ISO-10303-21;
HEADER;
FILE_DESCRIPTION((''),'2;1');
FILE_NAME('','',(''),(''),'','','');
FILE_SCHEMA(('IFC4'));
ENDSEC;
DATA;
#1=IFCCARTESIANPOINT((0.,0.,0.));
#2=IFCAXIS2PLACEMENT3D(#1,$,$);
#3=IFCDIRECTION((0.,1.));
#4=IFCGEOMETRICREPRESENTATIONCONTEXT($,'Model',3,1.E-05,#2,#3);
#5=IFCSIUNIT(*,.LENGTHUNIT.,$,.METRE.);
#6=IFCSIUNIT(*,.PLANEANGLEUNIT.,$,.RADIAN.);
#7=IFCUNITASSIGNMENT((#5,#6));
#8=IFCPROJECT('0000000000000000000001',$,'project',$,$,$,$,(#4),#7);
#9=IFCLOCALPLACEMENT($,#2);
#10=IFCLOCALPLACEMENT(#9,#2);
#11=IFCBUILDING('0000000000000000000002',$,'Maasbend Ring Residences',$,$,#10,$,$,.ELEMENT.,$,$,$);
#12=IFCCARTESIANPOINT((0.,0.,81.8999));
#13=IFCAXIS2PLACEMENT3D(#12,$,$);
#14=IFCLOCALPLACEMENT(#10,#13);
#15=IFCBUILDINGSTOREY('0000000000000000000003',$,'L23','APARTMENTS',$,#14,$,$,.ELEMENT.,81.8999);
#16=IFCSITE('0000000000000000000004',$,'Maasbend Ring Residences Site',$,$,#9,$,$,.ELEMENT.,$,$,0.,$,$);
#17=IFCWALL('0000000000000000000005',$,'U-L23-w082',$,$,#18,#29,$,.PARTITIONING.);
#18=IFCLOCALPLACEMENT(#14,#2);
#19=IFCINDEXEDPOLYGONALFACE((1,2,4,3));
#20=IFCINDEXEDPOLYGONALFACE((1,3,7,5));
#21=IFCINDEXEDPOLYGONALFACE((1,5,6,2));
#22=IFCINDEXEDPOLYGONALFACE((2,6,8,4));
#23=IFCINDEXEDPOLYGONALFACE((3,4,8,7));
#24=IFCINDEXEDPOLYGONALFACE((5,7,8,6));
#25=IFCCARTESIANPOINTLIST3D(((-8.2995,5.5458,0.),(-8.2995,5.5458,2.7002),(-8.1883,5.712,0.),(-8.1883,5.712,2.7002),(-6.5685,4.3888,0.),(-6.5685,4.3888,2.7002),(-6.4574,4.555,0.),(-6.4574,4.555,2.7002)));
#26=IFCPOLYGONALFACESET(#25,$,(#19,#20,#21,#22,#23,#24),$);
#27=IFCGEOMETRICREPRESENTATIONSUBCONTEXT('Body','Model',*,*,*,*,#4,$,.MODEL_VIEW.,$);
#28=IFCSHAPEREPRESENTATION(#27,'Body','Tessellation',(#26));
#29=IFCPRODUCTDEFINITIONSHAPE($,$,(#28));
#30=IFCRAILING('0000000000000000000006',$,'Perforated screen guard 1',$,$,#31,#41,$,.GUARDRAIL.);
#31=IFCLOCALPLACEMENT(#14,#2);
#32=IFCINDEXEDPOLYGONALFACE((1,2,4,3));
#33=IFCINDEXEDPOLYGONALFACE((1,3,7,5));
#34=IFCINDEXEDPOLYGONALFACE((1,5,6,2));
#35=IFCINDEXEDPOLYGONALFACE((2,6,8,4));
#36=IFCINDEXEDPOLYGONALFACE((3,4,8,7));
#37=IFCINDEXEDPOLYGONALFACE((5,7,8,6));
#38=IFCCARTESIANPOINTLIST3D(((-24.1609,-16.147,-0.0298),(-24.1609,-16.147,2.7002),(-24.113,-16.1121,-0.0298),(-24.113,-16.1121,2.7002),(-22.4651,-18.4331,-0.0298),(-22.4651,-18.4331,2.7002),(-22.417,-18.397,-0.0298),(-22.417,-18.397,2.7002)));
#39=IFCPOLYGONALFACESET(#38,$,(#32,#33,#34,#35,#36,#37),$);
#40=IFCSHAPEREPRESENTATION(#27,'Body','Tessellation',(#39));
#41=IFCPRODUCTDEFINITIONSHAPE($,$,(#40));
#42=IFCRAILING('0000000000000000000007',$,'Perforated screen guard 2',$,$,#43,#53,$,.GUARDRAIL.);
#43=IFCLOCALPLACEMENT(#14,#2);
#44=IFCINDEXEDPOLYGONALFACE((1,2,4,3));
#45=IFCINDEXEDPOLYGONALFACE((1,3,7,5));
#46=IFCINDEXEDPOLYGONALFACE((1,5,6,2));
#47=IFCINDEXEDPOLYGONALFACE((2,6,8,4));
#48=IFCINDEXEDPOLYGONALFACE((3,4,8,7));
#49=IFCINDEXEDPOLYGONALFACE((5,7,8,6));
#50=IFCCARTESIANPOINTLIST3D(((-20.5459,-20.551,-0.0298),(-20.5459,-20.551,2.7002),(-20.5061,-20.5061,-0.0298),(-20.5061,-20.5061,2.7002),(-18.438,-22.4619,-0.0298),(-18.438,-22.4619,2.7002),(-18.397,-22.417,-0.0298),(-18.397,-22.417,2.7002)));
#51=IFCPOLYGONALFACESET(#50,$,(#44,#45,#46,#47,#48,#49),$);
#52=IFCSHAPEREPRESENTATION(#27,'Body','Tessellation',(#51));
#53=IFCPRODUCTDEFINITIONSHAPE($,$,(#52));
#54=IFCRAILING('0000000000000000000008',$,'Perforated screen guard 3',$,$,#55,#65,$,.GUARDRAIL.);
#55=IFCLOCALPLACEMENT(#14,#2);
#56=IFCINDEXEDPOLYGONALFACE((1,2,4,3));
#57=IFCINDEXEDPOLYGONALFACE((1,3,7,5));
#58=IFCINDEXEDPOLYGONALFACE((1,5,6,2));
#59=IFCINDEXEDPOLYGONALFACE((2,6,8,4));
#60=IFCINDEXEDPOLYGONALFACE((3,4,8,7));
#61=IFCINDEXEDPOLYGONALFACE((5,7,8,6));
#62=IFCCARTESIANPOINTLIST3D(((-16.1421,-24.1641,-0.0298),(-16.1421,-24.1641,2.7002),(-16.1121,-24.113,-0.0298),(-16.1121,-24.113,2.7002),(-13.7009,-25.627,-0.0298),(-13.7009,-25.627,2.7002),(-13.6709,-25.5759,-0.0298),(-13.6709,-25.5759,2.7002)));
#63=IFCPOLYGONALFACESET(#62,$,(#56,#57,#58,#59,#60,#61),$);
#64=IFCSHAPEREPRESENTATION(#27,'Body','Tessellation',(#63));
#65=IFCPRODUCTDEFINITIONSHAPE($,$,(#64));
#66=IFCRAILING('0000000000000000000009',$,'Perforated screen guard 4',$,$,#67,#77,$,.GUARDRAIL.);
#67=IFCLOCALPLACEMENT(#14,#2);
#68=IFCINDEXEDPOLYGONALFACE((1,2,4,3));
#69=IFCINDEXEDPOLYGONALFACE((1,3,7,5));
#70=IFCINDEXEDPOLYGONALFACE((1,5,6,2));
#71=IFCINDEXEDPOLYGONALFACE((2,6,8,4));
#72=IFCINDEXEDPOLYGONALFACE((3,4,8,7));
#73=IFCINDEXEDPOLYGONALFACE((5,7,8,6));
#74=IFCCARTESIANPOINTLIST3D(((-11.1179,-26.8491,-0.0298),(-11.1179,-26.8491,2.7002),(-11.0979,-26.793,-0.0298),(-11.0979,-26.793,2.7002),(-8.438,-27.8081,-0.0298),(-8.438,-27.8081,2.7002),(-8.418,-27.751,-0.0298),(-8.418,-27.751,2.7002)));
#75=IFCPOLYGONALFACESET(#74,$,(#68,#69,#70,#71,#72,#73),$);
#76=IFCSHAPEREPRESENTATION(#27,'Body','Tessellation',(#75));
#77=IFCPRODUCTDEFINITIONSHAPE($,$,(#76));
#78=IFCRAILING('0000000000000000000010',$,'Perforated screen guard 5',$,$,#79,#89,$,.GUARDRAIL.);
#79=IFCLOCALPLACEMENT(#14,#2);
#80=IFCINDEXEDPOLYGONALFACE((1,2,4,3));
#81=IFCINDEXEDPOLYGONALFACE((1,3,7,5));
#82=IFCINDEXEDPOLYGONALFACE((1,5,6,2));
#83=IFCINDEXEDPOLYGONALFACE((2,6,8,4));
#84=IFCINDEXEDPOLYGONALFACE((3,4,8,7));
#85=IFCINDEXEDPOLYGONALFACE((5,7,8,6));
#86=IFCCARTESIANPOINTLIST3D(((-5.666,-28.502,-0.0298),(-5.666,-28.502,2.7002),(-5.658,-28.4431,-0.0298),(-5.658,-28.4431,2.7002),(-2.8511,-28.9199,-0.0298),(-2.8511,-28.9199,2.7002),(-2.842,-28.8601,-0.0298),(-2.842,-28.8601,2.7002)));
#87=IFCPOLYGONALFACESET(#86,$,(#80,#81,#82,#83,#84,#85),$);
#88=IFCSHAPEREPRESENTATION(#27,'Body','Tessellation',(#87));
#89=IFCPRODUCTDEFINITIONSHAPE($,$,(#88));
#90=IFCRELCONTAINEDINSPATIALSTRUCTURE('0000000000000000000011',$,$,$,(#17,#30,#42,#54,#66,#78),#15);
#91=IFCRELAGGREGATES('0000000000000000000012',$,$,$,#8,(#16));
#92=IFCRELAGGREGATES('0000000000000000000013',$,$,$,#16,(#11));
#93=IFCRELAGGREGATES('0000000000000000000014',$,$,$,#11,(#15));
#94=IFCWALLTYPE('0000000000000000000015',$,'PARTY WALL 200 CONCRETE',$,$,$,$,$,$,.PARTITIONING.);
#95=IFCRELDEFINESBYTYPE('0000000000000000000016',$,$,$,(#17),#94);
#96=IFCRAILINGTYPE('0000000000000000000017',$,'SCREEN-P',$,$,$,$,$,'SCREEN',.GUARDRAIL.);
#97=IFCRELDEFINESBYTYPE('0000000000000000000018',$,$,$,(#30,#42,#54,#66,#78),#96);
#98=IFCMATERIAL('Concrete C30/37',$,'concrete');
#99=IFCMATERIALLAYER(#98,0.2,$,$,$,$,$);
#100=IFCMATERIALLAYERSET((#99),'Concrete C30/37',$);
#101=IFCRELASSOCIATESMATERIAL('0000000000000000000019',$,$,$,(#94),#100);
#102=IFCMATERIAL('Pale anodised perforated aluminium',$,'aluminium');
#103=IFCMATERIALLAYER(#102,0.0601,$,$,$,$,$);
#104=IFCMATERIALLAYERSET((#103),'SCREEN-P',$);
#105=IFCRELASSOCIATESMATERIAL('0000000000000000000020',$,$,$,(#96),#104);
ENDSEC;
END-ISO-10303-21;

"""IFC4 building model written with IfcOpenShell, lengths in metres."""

from ifc_helpers import new_model, si_unit, direction, frame, frame_2d, origin, place, context, subcontext, project, spatial, polyline, rectangle, outline, extrude, material, layer, layer_set, type_object, element, save


model = new_model("IFC4")

# Units and contexts
model_context = context("Model", 3, precision=1e-05, world=origin(), true_north=direction((0.0, 1.0)))
body_context = subcontext(model_context, "Body", "Model", "MODEL_VIEW")
ifc_project = project(units=[si_unit("LENGTHUNIT", "METRE"), si_unit("PLANEANGLEUNIT", "RADIAN")], contexts=[model_context])

# Site, building, storey
site_placement = place(None, origin())
site = spatial("IfcSite", under=ifc_project, at=site_placement, Name="Maasbend Ring Residences Site", CompositionType="ELEMENT", RefElevation=0.0)
building_placement = place(site_placement, origin())
building = spatial("IfcBuilding", under=site, at=building_placement, Name="Maasbend Ring Residences", CompositionType="ELEMENT")
storey_placement = place(building_placement, frame((0.0, 0.0, 81.8999)))
storey = spatial("IfcBuildingStorey", under=building, at=storey_placement, Name="L23", Description="APARTMENTS", CompositionType="ELEMENT", Elevation=81.8999)

# Wall
ifc_material_1 = material(Name="Concrete C30/37", Category="concrete")
ifc_layer_1 = layer(ifc_material_1, 0.2)
ifc_layer_set_1 = layer_set([ifc_layer_1], Name="Concrete C30/37")
wall_type_1 = type_object("IfcWallType", Name="PARTY WALL 200 CONCRETE", PredefinedType="PARTITIONING", material=ifc_layer_set_1)
wall_1_placement = place(storey_placement, frame((-6.5129, 4.4719, 0.0), z_axis=(0.0, 0.0, 1.0), x_axis=(-0.831382, 0.555701, 0.0)))
element("IfcWall", 1, at=wall_1_placement, inside=storey, type_object=wall_type_1, Name="U-L23-w082", PredefinedType="PARTITIONING", context=body_context, shape_type="SweptSolid", body=[
    extrude(rectangle(XDim=2.082, YDim=0.2, at=frame_2d((1.041, 0.0))), origin(), (0.0, 0.0, 1.0), 2.7002),
])

# Railings
ifc_material_2 = material(Name="Pale anodised perforated aluminium", Category="aluminium")
ifc_layer_2 = layer(ifc_material_2, 0.0601)
ifc_layer_set_2 = layer_set([ifc_layer_2], Name="SCREEN-P")
railing_type = type_object("IfcRailingType", Name="SCREEN-P", ElementType="SCREEN", PredefinedType="GUARDRAIL", material=ifc_layer_set_2)
railing_1_placement = place(storey_placement, frame((0.0, 0.0, -0.0298)))
element("IfcRailing", 2, at=railing_1_placement, inside=storey, type_object=railing_type, Name="Perforated screen guard 1", PredefinedType="GUARDRAIL", context=body_context, shape_type="SweptSolid", body=[
    extrude(outline(polyline([(-24.113, -16.1121), (-22.417, -18.397), (-22.4651, -18.4331), (-24.1609, -16.147), (-24.113, -16.1121)])), origin(), (0.0, 0.0, 1.0), 2.73),
])
railing_2_placement = place(storey_placement, frame((0.0, 0.0, -0.0298)))
element("IfcRailing", 3, at=railing_2_placement, inside=storey, type_object=railing_type, Name="Perforated screen guard 2", PredefinedType="GUARDRAIL", context=body_context, shape_type="SweptSolid", body=[
    extrude(outline(polyline([(-20.5061, -20.5061), (-18.397, -22.417), (-18.438, -22.4619), (-20.5459, -20.551), (-20.5061, -20.5061)])), origin(), (0.0, 0.0, 1.0), 2.73),
])
railing_3_placement = place(storey_placement, frame((0.0, 0.0, -0.0298)))
element("IfcRailing", 4, at=railing_3_placement, inside=storey, type_object=railing_type, Name="Perforated screen guard 3", PredefinedType="GUARDRAIL", context=body_context, shape_type="SweptSolid", body=[
    extrude(outline(polyline([(-16.1121, -24.113), (-13.6709, -25.5759), (-13.7009, -25.627), (-16.1421, -24.1641), (-16.1121, -24.113)])), origin(), (0.0, 0.0, 1.0), 2.73),
])
railing_4_placement = place(storey_placement, frame((0.0, 0.0, -0.0298)))
element("IfcRailing", 5, at=railing_4_placement, inside=storey, type_object=railing_type, Name="Perforated screen guard 4", PredefinedType="GUARDRAIL", context=body_context, shape_type="SweptSolid", body=[
    extrude(outline(polyline([(-11.0979, -26.793), (-8.418, -27.751), (-8.438, -27.8081), (-11.1179, -26.8491), (-11.0979, -26.793)])), origin(), (0.0, 0.0, 1.0), 2.73),
])
railing_5_placement = place(storey_placement, frame((0.0, 0.0, -0.0298)))
element("IfcRailing", 6, at=railing_5_placement, inside=storey, type_object=railing_type, Name="Perforated screen guard 5", PredefinedType="GUARDRAIL", context=body_context, shape_type="SweptSolid", body=[
    extrude(outline(polyline([(-5.658, -28.4431), (-2.842, -28.8601), (-2.8511, -28.9199), (-5.666, -28.502), (-5.658, -28.4431)])), origin(), (0.0, 0.0, 1.0), 2.73),
])

save(model, "model.ifc")
